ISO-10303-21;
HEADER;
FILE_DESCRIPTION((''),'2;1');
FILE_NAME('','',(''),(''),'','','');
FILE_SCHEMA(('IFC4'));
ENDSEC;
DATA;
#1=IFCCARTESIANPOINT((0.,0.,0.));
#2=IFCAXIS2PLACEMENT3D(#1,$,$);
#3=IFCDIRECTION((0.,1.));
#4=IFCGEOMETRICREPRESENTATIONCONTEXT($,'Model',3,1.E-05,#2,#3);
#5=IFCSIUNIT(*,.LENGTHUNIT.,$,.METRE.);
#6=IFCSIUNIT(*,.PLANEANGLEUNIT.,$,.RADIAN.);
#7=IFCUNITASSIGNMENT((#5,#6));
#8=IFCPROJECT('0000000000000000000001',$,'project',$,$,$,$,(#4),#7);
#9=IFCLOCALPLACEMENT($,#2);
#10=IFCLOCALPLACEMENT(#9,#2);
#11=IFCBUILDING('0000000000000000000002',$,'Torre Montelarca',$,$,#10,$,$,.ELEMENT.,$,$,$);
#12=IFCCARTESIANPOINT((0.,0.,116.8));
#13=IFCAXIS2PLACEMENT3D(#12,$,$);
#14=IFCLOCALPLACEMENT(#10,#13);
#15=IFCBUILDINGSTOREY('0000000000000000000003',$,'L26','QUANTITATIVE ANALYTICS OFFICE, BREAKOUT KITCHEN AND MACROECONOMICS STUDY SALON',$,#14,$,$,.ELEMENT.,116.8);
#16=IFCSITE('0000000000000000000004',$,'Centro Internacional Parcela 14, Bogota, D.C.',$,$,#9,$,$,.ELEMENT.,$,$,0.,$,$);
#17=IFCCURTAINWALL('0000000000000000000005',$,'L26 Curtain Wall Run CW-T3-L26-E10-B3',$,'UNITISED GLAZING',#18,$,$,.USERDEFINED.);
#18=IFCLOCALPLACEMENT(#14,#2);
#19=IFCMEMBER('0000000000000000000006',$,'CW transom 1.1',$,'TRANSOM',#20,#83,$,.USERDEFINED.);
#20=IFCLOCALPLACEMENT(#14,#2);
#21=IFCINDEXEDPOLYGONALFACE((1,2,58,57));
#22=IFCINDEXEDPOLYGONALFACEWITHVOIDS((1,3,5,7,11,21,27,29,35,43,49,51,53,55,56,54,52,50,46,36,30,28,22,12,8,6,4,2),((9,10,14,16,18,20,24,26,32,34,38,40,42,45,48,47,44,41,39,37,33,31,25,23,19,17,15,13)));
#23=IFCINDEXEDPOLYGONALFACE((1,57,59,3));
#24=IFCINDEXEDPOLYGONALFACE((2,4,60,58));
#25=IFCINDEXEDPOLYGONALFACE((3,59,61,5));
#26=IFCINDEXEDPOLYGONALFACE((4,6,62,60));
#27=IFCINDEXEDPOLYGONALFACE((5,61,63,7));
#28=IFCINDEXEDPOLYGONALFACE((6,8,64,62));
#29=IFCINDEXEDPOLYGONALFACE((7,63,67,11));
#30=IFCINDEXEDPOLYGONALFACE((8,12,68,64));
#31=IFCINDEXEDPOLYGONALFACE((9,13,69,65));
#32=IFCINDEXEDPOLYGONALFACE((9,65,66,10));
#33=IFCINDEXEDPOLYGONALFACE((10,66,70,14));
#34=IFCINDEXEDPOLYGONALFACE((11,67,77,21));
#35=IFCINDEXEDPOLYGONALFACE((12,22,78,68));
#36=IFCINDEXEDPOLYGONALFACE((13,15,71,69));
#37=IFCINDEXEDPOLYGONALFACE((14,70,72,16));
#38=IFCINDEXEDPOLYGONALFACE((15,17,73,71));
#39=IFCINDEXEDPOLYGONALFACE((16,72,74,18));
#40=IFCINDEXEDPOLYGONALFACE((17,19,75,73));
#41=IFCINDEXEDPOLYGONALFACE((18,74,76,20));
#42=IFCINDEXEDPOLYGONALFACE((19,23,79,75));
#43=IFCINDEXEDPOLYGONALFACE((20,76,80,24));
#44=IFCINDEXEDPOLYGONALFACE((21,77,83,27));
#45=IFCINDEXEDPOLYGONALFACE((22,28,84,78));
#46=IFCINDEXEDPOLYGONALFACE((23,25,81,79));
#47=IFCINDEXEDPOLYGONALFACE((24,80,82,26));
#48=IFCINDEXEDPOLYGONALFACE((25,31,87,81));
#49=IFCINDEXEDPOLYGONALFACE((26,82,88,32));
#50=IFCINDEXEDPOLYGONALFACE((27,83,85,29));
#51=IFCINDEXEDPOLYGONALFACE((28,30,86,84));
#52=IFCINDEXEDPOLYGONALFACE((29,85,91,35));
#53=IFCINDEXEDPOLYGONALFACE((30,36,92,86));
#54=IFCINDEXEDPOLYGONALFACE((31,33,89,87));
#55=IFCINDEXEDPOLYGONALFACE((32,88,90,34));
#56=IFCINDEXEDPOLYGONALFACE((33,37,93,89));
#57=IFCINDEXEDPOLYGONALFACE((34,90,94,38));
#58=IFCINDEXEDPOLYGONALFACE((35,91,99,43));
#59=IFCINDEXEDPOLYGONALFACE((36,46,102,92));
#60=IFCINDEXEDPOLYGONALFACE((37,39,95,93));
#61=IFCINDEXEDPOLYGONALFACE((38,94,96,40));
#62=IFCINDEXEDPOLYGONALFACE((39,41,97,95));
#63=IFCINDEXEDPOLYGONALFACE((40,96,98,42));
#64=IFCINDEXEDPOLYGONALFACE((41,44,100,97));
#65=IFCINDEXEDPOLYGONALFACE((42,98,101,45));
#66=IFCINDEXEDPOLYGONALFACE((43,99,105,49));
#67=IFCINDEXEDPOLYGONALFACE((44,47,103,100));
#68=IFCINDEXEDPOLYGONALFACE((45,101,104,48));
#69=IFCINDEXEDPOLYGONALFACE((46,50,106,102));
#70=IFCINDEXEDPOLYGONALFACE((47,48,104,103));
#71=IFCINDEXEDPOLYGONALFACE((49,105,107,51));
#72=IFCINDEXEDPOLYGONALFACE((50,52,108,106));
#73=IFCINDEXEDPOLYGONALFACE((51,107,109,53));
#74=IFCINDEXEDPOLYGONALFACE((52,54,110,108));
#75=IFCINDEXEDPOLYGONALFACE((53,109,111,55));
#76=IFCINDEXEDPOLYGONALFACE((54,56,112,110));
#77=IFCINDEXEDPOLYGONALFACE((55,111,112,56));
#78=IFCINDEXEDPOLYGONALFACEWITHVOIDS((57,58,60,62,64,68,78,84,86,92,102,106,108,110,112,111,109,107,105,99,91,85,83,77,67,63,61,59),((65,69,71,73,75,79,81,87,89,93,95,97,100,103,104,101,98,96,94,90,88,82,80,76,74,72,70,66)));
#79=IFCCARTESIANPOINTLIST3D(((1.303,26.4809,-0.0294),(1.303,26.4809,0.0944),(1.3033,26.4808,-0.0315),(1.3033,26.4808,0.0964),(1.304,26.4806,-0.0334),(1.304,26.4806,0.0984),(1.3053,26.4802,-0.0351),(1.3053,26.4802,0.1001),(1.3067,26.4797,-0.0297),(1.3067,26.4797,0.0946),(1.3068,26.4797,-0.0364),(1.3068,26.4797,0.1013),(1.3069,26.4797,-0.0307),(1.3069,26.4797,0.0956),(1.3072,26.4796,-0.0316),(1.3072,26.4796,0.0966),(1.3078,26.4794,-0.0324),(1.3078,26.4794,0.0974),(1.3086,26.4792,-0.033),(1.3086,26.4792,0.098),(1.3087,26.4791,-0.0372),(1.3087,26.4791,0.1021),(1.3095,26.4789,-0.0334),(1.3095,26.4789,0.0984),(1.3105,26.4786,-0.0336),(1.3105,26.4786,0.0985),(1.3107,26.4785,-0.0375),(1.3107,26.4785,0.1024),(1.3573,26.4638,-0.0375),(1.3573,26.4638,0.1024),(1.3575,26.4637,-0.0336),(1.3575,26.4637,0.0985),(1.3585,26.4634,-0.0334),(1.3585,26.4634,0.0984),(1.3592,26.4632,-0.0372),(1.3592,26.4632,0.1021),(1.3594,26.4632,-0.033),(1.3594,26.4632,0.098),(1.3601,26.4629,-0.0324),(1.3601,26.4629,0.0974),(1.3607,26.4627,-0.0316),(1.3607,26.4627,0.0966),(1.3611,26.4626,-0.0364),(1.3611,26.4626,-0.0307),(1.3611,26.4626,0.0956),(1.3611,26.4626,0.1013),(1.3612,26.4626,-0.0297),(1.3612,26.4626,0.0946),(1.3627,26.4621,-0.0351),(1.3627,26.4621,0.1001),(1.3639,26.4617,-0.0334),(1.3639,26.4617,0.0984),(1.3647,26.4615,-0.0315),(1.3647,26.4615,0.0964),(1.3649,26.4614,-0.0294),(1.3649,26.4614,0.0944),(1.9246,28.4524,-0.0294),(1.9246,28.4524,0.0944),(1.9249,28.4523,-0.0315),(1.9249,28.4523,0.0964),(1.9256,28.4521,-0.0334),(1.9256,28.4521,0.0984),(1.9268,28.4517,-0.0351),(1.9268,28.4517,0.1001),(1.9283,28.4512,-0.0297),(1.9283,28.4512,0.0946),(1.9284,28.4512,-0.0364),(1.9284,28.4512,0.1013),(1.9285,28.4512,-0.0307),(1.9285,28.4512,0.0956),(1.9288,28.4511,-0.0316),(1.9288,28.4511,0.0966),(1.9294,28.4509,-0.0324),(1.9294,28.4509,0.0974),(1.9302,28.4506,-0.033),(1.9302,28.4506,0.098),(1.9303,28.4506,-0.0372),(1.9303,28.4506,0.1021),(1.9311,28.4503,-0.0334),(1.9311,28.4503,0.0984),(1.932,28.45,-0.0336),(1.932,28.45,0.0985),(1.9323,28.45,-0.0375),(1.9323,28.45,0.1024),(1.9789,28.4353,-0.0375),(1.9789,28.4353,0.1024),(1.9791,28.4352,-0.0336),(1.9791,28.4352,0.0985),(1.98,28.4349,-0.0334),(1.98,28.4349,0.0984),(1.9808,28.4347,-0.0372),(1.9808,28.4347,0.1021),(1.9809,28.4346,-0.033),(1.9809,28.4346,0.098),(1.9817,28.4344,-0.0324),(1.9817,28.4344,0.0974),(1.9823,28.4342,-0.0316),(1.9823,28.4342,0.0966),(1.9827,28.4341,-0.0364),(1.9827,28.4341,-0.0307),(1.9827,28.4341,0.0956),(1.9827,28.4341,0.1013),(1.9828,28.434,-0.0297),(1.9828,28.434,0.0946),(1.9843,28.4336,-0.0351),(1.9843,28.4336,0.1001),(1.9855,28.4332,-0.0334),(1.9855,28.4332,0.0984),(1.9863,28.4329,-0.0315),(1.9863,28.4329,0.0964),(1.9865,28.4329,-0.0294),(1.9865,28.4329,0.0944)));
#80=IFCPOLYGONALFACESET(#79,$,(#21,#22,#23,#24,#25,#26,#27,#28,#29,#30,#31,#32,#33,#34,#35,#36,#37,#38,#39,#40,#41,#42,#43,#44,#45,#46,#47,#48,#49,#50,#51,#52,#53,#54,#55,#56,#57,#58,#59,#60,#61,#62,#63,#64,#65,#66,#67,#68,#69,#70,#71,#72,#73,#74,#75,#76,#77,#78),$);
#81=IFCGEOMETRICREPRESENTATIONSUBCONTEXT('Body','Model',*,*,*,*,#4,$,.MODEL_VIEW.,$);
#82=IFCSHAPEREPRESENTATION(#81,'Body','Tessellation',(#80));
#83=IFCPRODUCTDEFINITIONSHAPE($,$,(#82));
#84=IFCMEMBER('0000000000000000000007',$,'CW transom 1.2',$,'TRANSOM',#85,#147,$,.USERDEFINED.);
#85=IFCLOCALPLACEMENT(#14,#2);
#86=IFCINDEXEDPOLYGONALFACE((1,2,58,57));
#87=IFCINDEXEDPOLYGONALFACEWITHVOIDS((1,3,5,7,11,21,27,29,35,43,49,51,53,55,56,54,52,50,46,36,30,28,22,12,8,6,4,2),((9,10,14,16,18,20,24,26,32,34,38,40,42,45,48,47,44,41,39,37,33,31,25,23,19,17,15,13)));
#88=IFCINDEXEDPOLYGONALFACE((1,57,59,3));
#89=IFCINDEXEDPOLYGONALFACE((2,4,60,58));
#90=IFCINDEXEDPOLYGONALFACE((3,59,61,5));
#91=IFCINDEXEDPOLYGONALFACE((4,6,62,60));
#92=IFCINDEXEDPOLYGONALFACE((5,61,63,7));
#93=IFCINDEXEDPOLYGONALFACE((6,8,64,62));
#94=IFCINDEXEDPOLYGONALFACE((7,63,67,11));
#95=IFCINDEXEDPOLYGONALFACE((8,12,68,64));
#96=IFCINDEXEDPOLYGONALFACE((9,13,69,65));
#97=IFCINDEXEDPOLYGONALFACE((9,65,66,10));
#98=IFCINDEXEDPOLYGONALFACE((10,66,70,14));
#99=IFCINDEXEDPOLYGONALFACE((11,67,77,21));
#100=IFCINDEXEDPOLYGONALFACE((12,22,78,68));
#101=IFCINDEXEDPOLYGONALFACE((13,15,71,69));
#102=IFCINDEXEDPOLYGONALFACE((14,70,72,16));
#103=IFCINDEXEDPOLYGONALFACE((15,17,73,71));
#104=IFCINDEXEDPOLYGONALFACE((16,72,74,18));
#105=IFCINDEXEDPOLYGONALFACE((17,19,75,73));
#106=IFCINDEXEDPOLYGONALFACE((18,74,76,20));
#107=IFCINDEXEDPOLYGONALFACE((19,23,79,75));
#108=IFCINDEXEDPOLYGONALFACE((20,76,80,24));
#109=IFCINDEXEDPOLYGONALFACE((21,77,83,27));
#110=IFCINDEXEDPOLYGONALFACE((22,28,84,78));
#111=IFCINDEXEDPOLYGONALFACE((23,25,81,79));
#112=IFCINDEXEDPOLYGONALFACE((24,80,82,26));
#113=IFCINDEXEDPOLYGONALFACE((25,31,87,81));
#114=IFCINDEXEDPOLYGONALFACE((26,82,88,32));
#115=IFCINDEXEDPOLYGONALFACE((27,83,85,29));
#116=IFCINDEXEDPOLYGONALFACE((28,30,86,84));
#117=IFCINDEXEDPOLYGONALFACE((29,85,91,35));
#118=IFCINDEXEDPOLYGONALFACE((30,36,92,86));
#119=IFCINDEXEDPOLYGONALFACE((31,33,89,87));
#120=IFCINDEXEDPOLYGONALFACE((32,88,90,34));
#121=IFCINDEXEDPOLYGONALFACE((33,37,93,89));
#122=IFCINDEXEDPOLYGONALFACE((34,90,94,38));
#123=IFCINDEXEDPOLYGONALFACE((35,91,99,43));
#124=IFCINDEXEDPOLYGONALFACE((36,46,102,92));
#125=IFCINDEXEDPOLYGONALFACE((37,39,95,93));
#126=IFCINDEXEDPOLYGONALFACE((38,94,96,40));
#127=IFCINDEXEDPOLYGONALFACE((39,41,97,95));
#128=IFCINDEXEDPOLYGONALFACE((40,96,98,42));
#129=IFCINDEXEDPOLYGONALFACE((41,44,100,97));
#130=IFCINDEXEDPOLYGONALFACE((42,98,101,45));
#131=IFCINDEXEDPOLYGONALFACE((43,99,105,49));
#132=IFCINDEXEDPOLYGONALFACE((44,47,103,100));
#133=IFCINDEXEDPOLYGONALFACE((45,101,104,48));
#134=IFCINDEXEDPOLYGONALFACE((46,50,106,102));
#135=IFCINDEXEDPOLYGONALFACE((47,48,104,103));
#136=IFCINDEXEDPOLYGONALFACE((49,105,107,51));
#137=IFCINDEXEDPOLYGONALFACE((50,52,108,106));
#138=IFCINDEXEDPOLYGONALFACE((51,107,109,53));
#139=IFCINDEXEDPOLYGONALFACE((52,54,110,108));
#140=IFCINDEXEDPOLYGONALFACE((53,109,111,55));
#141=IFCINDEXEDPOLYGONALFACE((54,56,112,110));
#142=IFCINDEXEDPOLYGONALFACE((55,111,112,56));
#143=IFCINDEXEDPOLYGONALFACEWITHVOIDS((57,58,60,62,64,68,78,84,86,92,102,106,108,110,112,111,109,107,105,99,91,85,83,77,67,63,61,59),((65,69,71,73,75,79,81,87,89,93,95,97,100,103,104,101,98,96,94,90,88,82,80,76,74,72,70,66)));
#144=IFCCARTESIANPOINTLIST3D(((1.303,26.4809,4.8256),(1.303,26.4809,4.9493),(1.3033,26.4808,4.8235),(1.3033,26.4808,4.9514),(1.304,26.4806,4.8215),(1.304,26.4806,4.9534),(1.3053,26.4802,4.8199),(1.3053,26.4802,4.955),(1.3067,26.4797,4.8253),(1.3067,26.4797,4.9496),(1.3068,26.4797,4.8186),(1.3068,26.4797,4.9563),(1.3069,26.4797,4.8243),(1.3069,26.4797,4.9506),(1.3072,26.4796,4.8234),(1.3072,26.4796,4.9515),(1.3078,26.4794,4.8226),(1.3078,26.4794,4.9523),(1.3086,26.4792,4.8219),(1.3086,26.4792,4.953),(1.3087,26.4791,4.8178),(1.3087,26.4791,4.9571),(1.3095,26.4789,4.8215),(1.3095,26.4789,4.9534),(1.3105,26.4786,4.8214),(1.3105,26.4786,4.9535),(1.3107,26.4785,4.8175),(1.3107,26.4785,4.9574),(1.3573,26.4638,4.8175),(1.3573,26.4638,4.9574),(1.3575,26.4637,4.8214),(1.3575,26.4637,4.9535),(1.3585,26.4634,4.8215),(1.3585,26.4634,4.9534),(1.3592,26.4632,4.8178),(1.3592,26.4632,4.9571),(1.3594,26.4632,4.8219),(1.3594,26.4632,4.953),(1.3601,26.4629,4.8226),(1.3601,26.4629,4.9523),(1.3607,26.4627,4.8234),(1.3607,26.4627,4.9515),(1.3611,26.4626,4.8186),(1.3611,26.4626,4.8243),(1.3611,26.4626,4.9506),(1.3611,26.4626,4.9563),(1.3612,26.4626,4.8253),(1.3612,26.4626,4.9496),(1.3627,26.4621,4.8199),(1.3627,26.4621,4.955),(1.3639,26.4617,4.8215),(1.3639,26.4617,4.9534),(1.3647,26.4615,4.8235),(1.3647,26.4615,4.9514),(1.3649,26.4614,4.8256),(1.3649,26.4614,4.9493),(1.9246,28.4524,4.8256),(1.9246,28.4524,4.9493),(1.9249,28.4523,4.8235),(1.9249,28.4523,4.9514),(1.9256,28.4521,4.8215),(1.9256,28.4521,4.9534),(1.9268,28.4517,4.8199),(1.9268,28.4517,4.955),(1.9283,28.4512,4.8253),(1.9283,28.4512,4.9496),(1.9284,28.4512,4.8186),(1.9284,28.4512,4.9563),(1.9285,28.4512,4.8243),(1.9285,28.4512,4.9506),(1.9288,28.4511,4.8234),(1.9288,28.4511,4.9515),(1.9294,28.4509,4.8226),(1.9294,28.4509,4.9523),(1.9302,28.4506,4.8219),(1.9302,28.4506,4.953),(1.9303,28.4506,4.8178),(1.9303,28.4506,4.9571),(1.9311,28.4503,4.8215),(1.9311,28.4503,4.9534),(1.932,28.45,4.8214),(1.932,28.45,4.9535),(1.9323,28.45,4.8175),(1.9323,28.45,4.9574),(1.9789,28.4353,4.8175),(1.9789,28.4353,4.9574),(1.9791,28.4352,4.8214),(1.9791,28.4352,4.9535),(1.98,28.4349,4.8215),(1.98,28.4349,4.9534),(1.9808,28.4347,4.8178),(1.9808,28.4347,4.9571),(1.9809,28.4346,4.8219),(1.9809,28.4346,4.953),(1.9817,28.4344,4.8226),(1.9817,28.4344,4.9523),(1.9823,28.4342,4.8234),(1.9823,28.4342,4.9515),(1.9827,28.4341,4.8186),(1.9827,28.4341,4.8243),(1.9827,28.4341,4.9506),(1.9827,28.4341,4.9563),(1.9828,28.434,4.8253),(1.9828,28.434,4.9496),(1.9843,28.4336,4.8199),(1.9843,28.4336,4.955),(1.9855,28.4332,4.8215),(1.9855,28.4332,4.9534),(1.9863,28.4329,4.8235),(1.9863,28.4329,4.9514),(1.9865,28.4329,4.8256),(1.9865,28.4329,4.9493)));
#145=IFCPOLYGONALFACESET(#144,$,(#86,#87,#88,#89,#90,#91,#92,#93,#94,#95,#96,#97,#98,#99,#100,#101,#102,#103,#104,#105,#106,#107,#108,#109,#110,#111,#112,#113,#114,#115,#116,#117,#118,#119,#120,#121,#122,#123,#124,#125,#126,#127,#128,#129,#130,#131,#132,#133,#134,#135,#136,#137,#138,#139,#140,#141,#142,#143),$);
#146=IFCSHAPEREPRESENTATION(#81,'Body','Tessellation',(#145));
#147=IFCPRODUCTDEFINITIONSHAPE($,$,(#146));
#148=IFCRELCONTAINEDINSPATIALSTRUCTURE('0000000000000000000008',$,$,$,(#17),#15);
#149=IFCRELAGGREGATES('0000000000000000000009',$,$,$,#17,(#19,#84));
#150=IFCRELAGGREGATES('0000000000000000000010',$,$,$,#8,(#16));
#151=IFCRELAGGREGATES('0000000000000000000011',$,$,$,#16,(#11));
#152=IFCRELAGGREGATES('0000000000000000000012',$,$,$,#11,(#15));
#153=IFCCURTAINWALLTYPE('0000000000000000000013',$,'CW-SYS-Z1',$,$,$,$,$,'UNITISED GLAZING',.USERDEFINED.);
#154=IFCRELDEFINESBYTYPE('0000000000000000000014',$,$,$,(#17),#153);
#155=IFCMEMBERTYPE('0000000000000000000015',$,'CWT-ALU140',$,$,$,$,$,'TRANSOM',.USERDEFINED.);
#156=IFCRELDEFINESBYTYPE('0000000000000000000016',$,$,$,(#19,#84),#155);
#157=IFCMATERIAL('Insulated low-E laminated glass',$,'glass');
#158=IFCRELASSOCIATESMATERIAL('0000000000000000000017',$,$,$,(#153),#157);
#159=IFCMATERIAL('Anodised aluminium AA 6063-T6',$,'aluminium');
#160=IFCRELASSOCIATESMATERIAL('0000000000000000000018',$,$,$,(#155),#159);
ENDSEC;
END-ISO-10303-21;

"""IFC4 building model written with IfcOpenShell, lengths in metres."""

from ifc_helpers import new_model, si_unit, direction, frame, origin, origin_2d, place, context, subcontext, project, spatial, hollow_rectangle, extrude, source, transform, mapped, material, material_profile, profile_set, type_object, element, aggregate, save


model = new_model("IFC4")

# Units and contexts
model_context = context("Model", 3, precision=1e-05, world=origin(), true_north=direction((0.0, 1.0)))
body_context = subcontext(model_context, "Body", "Model", "MODEL_VIEW")
ifc_project = project(units=[si_unit("LENGTHUNIT", "METRE"), si_unit("PLANEANGLEUNIT", "RADIAN")], contexts=[model_context])

# Site, building, storey
site_placement = place(None, origin())
site = spatial("IfcSite", under=ifc_project, at=site_placement, Name="Centro Internacional Parcela 14, Bogota, D.C.", CompositionType="ELEMENT", RefElevation=0.0)
building_placement = place(site_placement, origin())
building = spatial("IfcBuilding", under=site, at=building_placement, Name="Torre Montelarca", CompositionType="ELEMENT")
storey_placement = place(building_placement, frame((0.0, 0.0, 116.8)))
storey = spatial("IfcBuildingStorey", under=building, at=storey_placement, Name="L26", Description="QUANTITATIVE ANALYTICS OFFICE, BREAKOUT KITCHEN AND MACROECONOMICS STUDY SALON", CompositionType="ELEMENT", Elevation=116.8)

# Curtain wall, members
ifc_material_1 = material(Name="Insulated low-E laminated glass", Category="glass")
curtain_wall_type = type_object("IfcCurtainWallType", Name="CW-SYS-Z1", ElementType="UNITISED GLAZING", PredefinedType="USERDEFINED", material=ifc_material_1)
ifc_material_2 = material(Name="Anodised aluminium AA 6063-T6", Category="aluminium")
ifc_material_profile_1 = material_profile(ifc_material_2, hollow_rectangle(XDim=0.0649, YDim=0.1399, WallThickness=0.0039, InnerFilletRadius=0.0039, OuterFilletRadius=0.0081, at=origin_2d()), Name="ALU65X140X4", Category="aluminium")
ifc_profile_set_1 = profile_set([ifc_material_profile_1], Name="Anodised aluminium AA 6063-T6")
member_type_1 = type_object("IfcMemberType", Name="CWT-ALU140", ElementType="TRANSOM", PredefinedType="USERDEFINED", material=ifc_profile_set_1)
curtain_wall_1_placement = place(storey_placement, origin())
curtain_wall_1 = element("IfcCurtainWall", 1, at=curtain_wall_1_placement, inside=storey, type_object=curtain_wall_type, Name="L26 Curtain Wall Run CW-T3-L26-E10-B3", ObjectType="UNITISED GLAZING", PredefinedType="USERDEFINED")
shared_shape_1 = source(origin(), body_context, "Body", "SweptSolid", [
    extrude(hollow_rectangle(XDim=0.0649, YDim=0.1399, WallThickness=0.0039, InnerFilletRadius=0.0039, OuterFilletRadius=0.0081, at=origin_2d()), origin(), (0.0, 0.0, 1.0), 2.0671),
])
member_1_placement = place(storey_placement, frame((1.9556, 28.4426, 0.0325), z_axis=(-0.300702, -0.953718, 0.0), x_axis=(0.953718, -0.300702, 0.0)))
member_1 = element("IfcMember", 2, at=member_1_placement, type_object=member_type_1, Name="CW transom 1.1", ObjectType="TRANSOM", PredefinedType="USERDEFINED", context=body_context, shape_type="MappedRepresentation", body=[
    mapped(shared_shape_1, transform((0.0, 0.0, 0.0), scale=1.0)),
])
member_2_placement = place(storey_placement, frame((1.9556, 28.4426, 4.8875), z_axis=(-0.300702, -0.953718, 0.0), x_axis=(0.953718, -0.300702, 0.0)))
member_2 = element("IfcMember", 3, at=member_2_placement, type_object=member_type_1, Name="CW transom 1.2", ObjectType="TRANSOM", PredefinedType="USERDEFINED", context=body_context, shape_type="MappedRepresentation", body=[
    mapped(shared_shape_1, transform((0.0, 0.0, 0.0), scale=1.0)),
])

aggregate(curtain_wall_1, [member_1, member_2])

save(model, "model.ifc")
